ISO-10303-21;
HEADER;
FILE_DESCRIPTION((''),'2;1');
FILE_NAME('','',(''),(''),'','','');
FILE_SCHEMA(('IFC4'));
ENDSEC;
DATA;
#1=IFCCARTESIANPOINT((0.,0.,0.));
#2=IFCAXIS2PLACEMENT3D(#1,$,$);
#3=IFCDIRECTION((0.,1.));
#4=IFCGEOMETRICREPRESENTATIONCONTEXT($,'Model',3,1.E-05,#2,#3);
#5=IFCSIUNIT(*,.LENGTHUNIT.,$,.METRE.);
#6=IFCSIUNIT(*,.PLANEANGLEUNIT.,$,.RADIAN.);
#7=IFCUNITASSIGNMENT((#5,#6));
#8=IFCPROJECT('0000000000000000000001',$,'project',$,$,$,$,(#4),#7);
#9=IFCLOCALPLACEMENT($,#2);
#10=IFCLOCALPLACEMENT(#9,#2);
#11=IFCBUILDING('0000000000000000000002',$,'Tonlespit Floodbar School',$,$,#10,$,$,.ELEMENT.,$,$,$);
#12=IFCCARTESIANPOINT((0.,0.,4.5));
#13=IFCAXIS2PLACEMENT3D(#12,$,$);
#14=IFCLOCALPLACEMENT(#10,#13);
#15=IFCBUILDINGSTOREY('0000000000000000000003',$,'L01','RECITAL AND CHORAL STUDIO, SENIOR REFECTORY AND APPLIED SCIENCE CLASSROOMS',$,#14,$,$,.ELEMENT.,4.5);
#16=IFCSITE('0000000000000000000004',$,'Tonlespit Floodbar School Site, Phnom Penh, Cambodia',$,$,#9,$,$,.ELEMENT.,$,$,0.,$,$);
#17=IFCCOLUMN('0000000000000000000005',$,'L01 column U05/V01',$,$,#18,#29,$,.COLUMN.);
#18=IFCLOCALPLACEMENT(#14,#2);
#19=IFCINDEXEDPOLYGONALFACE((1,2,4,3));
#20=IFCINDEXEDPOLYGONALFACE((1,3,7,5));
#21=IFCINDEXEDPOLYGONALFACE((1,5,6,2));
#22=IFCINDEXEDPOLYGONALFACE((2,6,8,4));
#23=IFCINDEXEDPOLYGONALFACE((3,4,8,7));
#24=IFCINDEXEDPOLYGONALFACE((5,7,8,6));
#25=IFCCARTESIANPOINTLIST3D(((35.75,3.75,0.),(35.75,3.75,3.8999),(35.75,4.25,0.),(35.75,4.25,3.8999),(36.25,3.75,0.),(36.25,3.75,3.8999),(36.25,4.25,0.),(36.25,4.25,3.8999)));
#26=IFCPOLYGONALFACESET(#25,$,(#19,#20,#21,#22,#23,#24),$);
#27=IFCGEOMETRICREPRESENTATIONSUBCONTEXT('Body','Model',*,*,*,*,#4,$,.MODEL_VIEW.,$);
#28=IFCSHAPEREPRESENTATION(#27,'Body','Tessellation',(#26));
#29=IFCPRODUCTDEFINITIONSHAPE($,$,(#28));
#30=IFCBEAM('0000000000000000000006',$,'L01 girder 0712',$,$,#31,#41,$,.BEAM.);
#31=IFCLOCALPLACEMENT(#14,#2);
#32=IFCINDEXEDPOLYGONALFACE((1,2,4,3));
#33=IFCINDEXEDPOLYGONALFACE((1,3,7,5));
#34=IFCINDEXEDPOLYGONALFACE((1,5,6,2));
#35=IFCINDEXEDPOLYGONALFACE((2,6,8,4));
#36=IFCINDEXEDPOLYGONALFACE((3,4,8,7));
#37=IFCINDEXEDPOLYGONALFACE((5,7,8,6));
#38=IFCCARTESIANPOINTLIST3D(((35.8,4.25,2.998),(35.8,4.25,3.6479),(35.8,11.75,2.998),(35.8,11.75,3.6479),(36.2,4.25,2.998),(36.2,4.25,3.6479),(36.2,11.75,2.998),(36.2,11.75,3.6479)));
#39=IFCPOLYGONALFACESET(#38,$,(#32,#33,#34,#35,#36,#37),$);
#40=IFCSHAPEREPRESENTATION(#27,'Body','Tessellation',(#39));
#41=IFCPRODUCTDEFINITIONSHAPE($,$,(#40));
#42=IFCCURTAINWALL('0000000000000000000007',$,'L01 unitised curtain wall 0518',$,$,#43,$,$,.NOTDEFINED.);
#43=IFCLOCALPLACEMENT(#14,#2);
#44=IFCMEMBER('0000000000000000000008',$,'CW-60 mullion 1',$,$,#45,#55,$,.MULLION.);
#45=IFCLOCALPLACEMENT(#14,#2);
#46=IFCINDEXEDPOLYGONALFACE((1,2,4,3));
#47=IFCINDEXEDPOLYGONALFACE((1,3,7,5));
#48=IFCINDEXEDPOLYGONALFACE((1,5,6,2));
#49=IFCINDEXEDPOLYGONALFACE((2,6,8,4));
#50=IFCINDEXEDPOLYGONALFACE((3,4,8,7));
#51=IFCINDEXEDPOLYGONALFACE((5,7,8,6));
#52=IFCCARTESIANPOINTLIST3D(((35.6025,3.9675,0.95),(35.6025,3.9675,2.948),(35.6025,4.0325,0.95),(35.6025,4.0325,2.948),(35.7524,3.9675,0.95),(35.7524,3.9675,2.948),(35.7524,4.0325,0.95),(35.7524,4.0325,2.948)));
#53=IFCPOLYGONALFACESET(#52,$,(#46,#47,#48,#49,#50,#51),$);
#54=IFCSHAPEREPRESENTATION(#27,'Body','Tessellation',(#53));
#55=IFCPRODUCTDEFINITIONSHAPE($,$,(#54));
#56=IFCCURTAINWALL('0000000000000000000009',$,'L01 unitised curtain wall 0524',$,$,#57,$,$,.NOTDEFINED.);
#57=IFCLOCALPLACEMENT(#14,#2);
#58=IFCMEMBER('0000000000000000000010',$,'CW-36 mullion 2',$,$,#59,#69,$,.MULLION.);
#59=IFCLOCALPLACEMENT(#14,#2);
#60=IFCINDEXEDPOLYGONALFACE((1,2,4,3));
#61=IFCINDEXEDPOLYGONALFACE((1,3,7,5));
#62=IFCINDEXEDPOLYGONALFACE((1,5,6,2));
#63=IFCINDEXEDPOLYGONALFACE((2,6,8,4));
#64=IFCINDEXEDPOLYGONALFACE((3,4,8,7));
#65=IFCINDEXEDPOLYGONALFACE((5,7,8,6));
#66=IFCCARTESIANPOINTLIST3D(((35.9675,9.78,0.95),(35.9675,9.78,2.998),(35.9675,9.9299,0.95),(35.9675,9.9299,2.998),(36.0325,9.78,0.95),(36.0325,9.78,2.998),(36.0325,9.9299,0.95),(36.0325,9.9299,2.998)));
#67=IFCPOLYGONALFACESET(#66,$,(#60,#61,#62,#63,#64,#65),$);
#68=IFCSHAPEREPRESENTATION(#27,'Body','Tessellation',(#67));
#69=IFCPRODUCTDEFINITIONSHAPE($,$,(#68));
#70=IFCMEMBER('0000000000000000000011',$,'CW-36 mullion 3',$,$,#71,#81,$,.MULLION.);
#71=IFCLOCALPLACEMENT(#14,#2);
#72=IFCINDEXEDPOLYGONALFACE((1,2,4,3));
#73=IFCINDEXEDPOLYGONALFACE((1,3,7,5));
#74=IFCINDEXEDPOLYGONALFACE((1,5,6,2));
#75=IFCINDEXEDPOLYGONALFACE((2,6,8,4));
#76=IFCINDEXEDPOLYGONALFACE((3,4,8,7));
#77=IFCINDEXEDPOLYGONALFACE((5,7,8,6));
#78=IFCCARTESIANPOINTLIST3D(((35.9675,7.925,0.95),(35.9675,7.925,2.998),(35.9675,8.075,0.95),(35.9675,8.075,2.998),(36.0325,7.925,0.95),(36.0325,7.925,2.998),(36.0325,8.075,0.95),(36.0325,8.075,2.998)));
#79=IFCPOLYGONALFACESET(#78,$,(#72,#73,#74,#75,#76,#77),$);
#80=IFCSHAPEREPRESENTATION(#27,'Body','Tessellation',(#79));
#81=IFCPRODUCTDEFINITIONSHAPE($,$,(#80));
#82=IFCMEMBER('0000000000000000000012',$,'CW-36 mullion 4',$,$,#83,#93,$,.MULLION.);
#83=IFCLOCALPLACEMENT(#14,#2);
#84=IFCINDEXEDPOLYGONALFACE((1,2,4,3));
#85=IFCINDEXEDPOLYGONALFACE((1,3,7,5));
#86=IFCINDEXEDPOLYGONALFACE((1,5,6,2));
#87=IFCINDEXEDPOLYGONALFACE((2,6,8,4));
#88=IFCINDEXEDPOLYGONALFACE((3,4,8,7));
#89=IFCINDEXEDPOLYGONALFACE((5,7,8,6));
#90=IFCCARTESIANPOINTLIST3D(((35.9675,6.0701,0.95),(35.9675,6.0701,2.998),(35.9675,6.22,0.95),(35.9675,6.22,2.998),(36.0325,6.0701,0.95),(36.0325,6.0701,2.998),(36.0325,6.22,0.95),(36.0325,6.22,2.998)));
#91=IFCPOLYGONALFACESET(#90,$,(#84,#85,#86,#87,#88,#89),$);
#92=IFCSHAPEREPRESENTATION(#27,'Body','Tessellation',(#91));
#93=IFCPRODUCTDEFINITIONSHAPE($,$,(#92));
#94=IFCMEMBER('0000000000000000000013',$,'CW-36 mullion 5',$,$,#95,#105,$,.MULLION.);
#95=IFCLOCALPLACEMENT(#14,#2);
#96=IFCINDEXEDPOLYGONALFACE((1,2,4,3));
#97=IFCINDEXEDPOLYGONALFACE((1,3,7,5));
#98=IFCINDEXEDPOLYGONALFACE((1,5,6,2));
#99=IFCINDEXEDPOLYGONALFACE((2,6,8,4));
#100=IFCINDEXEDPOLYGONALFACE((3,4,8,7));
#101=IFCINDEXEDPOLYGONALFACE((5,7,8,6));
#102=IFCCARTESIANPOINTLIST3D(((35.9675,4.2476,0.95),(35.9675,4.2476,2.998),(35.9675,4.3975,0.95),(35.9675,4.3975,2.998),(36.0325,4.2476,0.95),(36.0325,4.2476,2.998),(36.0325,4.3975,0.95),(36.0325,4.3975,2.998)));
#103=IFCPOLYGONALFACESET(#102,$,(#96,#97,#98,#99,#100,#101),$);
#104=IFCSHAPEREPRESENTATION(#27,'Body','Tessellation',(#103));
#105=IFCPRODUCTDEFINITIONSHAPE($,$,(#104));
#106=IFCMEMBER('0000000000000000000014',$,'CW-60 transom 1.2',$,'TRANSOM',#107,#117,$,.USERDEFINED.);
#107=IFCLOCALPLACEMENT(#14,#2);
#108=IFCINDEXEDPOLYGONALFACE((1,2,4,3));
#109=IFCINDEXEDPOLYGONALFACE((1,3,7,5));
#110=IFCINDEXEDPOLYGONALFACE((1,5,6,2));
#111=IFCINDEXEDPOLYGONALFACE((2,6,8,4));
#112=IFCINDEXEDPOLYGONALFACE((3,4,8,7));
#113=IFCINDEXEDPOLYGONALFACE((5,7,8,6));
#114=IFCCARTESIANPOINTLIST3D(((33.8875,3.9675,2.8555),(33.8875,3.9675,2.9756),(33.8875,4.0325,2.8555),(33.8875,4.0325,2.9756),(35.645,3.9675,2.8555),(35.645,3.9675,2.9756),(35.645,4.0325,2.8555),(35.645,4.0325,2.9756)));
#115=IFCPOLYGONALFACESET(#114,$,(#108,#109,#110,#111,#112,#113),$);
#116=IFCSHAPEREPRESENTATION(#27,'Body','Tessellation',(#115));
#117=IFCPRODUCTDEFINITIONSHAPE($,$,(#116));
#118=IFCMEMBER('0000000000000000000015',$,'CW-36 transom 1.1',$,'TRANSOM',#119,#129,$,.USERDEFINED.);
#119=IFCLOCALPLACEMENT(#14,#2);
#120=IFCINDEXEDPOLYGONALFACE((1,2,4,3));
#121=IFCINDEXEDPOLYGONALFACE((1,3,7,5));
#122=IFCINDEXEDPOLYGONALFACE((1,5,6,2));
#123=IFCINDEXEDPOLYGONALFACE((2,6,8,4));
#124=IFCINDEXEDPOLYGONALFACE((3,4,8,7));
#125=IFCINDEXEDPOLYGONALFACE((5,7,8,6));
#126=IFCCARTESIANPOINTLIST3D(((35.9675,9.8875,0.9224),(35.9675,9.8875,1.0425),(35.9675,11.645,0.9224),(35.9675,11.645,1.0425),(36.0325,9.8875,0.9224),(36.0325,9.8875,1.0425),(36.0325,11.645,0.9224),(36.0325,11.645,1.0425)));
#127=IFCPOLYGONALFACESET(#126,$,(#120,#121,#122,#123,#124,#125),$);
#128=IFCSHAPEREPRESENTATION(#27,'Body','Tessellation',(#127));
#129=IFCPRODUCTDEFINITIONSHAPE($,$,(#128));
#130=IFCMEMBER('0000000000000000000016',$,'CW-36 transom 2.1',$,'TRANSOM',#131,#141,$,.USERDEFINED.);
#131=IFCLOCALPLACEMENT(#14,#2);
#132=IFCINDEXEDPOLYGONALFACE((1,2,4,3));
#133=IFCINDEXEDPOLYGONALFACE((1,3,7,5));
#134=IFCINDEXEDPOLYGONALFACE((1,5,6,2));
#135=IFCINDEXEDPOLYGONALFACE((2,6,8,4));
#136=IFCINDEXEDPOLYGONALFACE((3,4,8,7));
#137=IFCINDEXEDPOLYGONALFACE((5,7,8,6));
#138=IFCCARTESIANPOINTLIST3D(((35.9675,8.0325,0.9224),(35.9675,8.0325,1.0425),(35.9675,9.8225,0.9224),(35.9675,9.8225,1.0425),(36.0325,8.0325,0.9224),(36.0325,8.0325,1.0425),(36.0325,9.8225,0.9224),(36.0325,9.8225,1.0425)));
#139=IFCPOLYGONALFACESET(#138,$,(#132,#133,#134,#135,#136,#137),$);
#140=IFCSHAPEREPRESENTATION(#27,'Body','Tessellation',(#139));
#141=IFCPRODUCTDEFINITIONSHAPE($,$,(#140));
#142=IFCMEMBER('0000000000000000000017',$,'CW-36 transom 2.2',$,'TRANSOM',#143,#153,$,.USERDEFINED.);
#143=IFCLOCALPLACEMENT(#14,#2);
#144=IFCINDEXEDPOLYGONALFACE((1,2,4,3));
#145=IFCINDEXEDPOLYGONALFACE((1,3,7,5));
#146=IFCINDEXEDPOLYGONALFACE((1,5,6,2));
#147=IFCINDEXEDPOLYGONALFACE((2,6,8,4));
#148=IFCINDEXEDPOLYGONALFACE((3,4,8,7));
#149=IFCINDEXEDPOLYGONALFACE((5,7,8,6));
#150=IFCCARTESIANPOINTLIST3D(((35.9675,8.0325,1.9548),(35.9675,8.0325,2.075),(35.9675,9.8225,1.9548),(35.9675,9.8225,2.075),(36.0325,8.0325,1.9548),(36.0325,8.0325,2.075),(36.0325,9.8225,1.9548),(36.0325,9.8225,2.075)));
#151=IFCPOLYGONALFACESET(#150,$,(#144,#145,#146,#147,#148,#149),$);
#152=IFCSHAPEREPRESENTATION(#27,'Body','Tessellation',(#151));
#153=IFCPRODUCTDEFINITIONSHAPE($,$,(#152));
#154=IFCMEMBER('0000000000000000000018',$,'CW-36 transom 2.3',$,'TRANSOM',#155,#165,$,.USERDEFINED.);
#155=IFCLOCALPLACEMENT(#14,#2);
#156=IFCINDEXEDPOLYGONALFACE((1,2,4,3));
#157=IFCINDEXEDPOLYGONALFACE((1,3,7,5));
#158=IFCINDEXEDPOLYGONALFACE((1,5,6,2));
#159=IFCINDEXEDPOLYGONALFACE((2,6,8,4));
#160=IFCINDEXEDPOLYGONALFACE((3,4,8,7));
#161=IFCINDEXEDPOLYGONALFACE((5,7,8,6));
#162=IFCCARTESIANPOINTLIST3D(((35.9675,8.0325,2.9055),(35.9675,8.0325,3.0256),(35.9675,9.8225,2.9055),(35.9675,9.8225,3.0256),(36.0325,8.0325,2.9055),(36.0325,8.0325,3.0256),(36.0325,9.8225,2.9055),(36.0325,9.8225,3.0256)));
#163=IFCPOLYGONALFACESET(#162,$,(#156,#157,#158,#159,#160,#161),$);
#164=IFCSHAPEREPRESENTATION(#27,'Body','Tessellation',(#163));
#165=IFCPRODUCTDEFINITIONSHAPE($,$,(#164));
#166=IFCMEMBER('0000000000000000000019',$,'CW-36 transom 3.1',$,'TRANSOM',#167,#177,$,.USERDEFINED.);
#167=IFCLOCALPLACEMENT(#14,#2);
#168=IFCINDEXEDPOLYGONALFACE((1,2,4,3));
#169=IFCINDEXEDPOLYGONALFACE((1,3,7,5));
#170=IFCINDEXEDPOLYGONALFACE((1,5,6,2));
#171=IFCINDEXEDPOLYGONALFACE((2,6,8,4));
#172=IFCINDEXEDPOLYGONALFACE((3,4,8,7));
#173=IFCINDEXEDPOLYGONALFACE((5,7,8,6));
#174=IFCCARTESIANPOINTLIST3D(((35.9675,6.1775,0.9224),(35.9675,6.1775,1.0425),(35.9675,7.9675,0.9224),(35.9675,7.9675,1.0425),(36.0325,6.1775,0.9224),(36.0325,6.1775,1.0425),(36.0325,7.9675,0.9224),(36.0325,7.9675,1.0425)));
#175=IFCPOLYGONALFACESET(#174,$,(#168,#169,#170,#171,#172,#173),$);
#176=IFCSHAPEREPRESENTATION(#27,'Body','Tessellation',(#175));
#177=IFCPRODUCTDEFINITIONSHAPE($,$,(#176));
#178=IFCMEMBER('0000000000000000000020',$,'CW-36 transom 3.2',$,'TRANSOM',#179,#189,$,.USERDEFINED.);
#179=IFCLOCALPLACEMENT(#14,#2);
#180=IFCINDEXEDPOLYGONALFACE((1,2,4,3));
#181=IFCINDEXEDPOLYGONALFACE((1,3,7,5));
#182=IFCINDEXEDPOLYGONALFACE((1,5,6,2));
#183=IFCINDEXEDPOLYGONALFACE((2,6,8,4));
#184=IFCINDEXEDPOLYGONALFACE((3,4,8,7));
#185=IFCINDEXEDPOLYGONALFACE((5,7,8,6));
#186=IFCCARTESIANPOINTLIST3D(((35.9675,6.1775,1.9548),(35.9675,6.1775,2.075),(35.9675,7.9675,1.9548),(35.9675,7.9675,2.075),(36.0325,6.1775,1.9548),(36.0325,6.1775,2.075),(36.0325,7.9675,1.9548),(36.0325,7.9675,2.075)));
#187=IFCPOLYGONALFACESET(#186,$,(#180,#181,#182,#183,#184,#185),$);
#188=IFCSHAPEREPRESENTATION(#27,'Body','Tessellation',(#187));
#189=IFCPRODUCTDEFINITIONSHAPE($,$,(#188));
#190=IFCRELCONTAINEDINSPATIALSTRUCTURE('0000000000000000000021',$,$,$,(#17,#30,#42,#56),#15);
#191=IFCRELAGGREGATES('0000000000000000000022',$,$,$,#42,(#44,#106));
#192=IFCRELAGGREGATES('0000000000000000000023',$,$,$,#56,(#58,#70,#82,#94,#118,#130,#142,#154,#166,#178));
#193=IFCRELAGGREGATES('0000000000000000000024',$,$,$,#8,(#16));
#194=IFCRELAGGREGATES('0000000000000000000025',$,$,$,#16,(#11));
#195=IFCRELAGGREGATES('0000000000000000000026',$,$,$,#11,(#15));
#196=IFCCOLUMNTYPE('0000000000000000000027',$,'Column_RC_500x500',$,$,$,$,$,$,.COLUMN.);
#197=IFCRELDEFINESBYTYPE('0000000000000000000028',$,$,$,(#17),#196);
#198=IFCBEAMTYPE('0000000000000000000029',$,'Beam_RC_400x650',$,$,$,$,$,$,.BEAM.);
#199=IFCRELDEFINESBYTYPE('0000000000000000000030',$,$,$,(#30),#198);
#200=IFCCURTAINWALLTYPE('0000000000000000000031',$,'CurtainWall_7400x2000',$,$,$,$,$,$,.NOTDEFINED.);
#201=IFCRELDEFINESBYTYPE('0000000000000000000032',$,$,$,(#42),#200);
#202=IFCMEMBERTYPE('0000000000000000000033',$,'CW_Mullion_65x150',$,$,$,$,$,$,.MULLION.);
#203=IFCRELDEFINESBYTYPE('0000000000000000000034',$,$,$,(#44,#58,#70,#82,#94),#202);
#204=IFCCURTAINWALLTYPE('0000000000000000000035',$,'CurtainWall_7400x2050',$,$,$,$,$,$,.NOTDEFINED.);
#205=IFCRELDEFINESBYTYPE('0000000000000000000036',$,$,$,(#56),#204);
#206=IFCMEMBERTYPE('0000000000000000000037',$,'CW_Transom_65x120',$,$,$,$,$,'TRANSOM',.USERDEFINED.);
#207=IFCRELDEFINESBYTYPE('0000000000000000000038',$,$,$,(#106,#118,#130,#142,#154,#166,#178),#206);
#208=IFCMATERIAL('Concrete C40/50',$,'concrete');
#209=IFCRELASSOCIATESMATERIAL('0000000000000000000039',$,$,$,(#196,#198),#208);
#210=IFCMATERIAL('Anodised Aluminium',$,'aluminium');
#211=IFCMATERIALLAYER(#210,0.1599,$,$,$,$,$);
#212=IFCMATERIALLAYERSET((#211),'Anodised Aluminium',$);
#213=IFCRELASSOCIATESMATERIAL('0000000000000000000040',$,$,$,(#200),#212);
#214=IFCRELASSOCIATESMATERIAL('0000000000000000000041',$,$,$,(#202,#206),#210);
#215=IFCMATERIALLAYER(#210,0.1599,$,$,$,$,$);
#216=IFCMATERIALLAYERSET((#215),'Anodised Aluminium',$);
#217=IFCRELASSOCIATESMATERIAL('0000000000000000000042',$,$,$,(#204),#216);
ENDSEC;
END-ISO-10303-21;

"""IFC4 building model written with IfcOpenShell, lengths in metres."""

from ifc_helpers import new_model, si_unit, direction, frame, origin, origin_2d, place, context, subcontext, project, spatial, rectangle, extrude, material, layer, layer_set, material_profile, profile_set, type_object, element, aggregate, save


model = new_model("IFC4")

# Units and contexts
model_context = context("Model", 3, precision=1e-05, world=origin(), true_north=direction((0.0, 1.0)))
body_context = subcontext(model_context, "Body", "Model", "MODEL_VIEW")
ifc_project = project(units=[si_unit("LENGTHUNIT", "METRE"), si_unit("PLANEANGLEUNIT", "RADIAN")], contexts=[model_context])

# Site, building, storey
site_placement = place(None, origin())
site = spatial("IfcSite", under=ifc_project, at=site_placement, Name="Tonlespit Floodbar School Site, Phnom Penh, Cambodia", CompositionType="ELEMENT", RefElevation=0.0)
building_placement = place(site_placement, origin())
building = spatial("IfcBuilding", under=site, at=building_placement, Name="Tonlespit Floodbar School", CompositionType="ELEMENT")
storey_placement = place(building_placement, frame((0.0, 0.0, 4.5)))
storey = spatial("IfcBuildingStorey", under=building, at=storey_placement, Name="L01", Description="RECITAL AND CHORAL STUDIO, SENIOR REFECTORY AND APPLIED SCIENCE CLASSROOMS", CompositionType="ELEMENT", Elevation=4.5)

# Column
ifc_material_1 = material(Name="Concrete C40/50", Category="concrete")
ifc_material_profile_1 = material_profile(ifc_material_1, rectangle(XDim=0.5, YDim=0.5, at=origin_2d()), Name="RC 500x500")
ifc_profile_set_1 = profile_set([ifc_material_profile_1], Name="Concrete C40/50")
column_type = type_object("IfcColumnType", Name="Column_RC_500x500", PredefinedType="COLUMN", material=ifc_profile_set_1)
column_placement = place(storey_placement, frame((36.0, 4.0, 0.0), z_axis=(0.0, 0.0, 1.0), x_axis=(1.0, 0.0, 0.0)))
element("IfcColumn", 1, at=column_placement, inside=storey, type_object=column_type, Name="L01 column U05/V01", PredefinedType="COLUMN", context=body_context, shape_type="SweptSolid", body=[
    extrude(rectangle(XDim=0.5, YDim=0.5, at=origin_2d()), origin(), (0.0, 0.0, 1.0), 3.8999),
])

# Beam
ifc_material_profile_2 = material_profile(ifc_material_1, rectangle(XDim=0.3999, YDim=0.6499, at=origin_2d()), Name="RC 400x650")
ifc_profile_set_2 = profile_set([ifc_material_profile_2], Name="Concrete C40/50")
beam_type = type_object("IfcBeamType", Name="Beam_RC_400x650", PredefinedType="BEAM", material=ifc_profile_set_2)
beam_placement = place(storey_placement, frame((36.0, 4.25, 3.323), z_axis=(0.0, 1.0, 0.0), x_axis=(-1.0, 0.0, 0.0)))
element("IfcBeam", 2, at=beam_placement, inside=storey, type_object=beam_type, Name="L01 girder 0712", PredefinedType="BEAM", context=body_context, shape_type="SweptSolid", body=[
    extrude(rectangle(XDim=0.3999, YDim=0.6499, at=origin_2d()), origin(), (0.0, 0.0, 1.0), 7.5),
])

# Curtain wall, member
ifc_material_2 = material(Name="Anodised Aluminium", Category="aluminium")
ifc_layer_1 = layer(ifc_material_2, 0.1599)
ifc_layer_set_1 = layer_set([ifc_layer_1], Name="Anodised Aluminium")
curtain_wall_type_1 = type_object("IfcCurtainWallType", Name="CurtainWall_7400x2000", PredefinedType="NOTDEFINED", material=ifc_layer_set_1)
curtain_wall_1_placement = place(storey_placement, origin())
curtain_wall_1 = element("IfcCurtainWall", 3, at=curtain_wall_1_placement, inside=storey, type_object=curtain_wall_type_1, Name="L01 unitised curtain wall 0518", PredefinedType="NOTDEFINED")
ifc_material_profile_3 = material_profile(ifc_material_2, rectangle(XDim=0.0649, YDim=0.1499, at=origin_2d()), Name="ALU M65x150")
ifc_profile_set_3 = profile_set([ifc_material_profile_3], Name="Anodised Aluminium")
member_type_1 = type_object("IfcMemberType", Name="CW_Mullion_65x150", PredefinedType="MULLION", material=ifc_profile_set_3)
member_1_placement = place(storey_placement, frame((35.6775, 4.0, 0.95), z_axis=(0.0, 0.0, 1.0), x_axis=(0.0, -1.0, 0.0)))
member_1 = element("IfcMember", 4, at=member_1_placement, type_object=member_type_1, Name="CW-60 mullion 1", PredefinedType="MULLION", context=body_context, shape_type="SweptSolid", body=[
    extrude(rectangle(XDim=0.0649, YDim=0.1499, at=origin_2d()), origin(), (0.0, 0.0, 1.0), 1.998),
])

# Curtain wall, members
ifc_layer_2 = layer(ifc_material_2, 0.1599)
ifc_layer_set_2 = layer_set([ifc_layer_2], Name="Anodised Aluminium")
curtain_wall_type_2 = type_object("IfcCurtainWallType", Name="CurtainWall_7400x2050", PredefinedType="NOTDEFINED", material=ifc_layer_set_2)
curtain_wall_2_placement = place(storey_placement, origin())
curtain_wall_2 = element("IfcCurtainWall", 5, at=curtain_wall_2_placement, inside=storey, type_object=curtain_wall_type_2, Name="L01 unitised curtain wall 0524", PredefinedType="NOTDEFINED")
member_2_placement = place(storey_placement, frame((36.0, 9.855, 0.95), z_axis=(0.0, 0.0, 1.0), x_axis=(1.0, 0.0, 0.0)))
member_2 = element("IfcMember", 6, at=member_2_placement, type_object=member_type_1, Name="CW-36 mullion 2", PredefinedType="MULLION", context=body_context, shape_type="SweptSolid", body=[
    extrude(rectangle(XDim=0.0649, YDim=0.1499, at=origin_2d()), origin(), (0.0, 0.0, 1.0), 2.0481),
])
member_3_placement = place(storey_placement, frame((36.0, 8.0, 0.95), z_axis=(0.0, 0.0, 1.0), x_axis=(1.0, 0.0, 0.0)))
member_3 = element("IfcMember", 7, at=member_3_placement, type_object=member_type_1, Name="CW-36 mullion 3", PredefinedType="MULLION", context=body_context, shape_type="SweptSolid", body=[
    extrude(rectangle(XDim=0.0649, YDim=0.1499, at=origin_2d()), origin(), (0.0, 0.0, 1.0), 2.0481),
])
member_4_placement = place(storey_placement, frame((36.0, 6.145, 0.95), z_axis=(0.0, 0.0, 1.0), x_axis=(1.0, 0.0, 0.0)))
member_4 = element("IfcMember", 8, at=member_4_placement, type_object=member_type_1, Name="CW-36 mullion 4", PredefinedType="MULLION", context=body_context, shape_type="SweptSolid", body=[
    extrude(rectangle(XDim=0.0649, YDim=0.1499, at=origin_2d()), origin(), (0.0, 0.0, 1.0), 2.0481),
])
member_5_placement = place(storey_placement, frame((36.0, 4.3225, 0.95), z_axis=(0.0, 0.0, 1.0), x_axis=(1.0, 0.0, 0.0)))
member_5 = element("IfcMember", 9, at=member_5_placement, type_object=member_type_1, Name="CW-36 mullion 5", PredefinedType="MULLION", context=body_context, shape_type="SweptSolid", body=[
    extrude(rectangle(XDim=0.0649, YDim=0.1499, at=origin_2d()), origin(), (0.0, 0.0, 1.0), 2.0481),
])

# Members
ifc_material_profile_4 = material_profile(ifc_material_2, rectangle(XDim=0.0649, YDim=0.1201, at=origin_2d()), Name="ALU T65x120")
ifc_profile_set_4 = profile_set([ifc_material_profile_4], Name="Anodised Aluminium")
member_type_2 = type_object("IfcMemberType", Name="CW_Transom_65x120", ElementType="TRANSOM", PredefinedType="USERDEFINED", material=ifc_profile_set_4)
member_6_placement = place(storey_placement, frame((35.645, 4.0, 2.9155), z_axis=(-1.0, 0.0, 0.0), x_axis=(0.0, -1.0, 0.0)))
member_6 = element("IfcMember", 10, at=member_6_placement, type_object=member_type_2, Name="CW-60 transom 1.2", ObjectType="TRANSOM", PredefinedType="USERDEFINED", context=body_context, shape_type="SweptSolid", body=[
    extrude(rectangle(XDim=0.0649, YDim=0.1201, at=origin_2d()), origin(), (0.0, 0.0, 1.0), 1.7576),
])
aggregate(curtain_wall_1, [member_1, member_6])
member_7_placement = place(storey_placement, frame((36.0, 11.645, 0.9824), z_axis=(0.0, -1.0, 0.0), x_axis=(1.0, 0.0, 0.0)))
member_7 = element("IfcMember", 11, at=member_7_placement, type_object=member_type_2, Name="CW-36 transom 1.1", ObjectType="TRANSOM", PredefinedType="USERDEFINED", context=body_context, shape_type="SweptSolid", body=[
    extrude(rectangle(XDim=0.0649, YDim=0.1201, at=origin_2d()), origin(), (0.0, 0.0, 1.0), 1.7576),
])
member_8_placement = place(storey_placement, frame((36.0, 9.8225, 0.9824), z_axis=(0.0, -1.0, 0.0), x_axis=(1.0, 0.0, 0.0)))
member_8 = element("IfcMember", 12, at=member_8_placement, type_object=member_type_2, Name="CW-36 transom 2.1", ObjectType="TRANSOM", PredefinedType="USERDEFINED", context=body_context, shape_type="SweptSolid", body=[
    extrude(rectangle(XDim=0.0649, YDim=0.1201, at=origin_2d()), origin(), (0.0, 0.0, 1.0), 1.79),
])
member_9_placement = place(storey_placement, frame((36.0, 9.8225, 2.0149), z_axis=(0.0, -1.0, 0.0), x_axis=(1.0, 0.0, 0.0)))
member_9 = element("IfcMember", 13, at=member_9_placement, type_object=member_type_2, Name="CW-36 transom 2.2", ObjectType="TRANSOM", PredefinedType="USERDEFINED", context=body_context, shape_type="SweptSolid", body=[
    extrude(rectangle(XDim=0.0649, YDim=0.1201, at=origin_2d()), origin(), (0.0, 0.0, 1.0), 1.79),
])
member_10_placement = place(storey_placement, frame((36.0, 9.8225, 2.9656), z_axis=(0.0, -1.0, 0.0), x_axis=(1.0, 0.0, 0.0)))
member_10 = element("IfcMember", 14, at=member_10_placement, type_object=member_type_2, Name="CW-36 transom 2.3", ObjectType="TRANSOM", PredefinedType="USERDEFINED", context=body_context, shape_type="SweptSolid", body=[
    extrude(rectangle(XDim=0.0649, YDim=0.1201, at=origin_2d()), origin(), (0.0, 0.0, 1.0), 1.79),
])
member_11_placement = place(storey_placement, frame((36.0, 7.9675, 0.9824), z_axis=(0.0, -1.0, 0.0), x_axis=(1.0, 0.0, 0.0)))
member_11 = element("IfcMember", 15, at=member_11_placement, type_object=member_type_2, Name="CW-36 transom 3.1", ObjectType="TRANSOM", PredefinedType="USERDEFINED", context=body_context, shape_type="SweptSolid", body=[
    extrude(rectangle(XDim=0.0649, YDim=0.1201, at=origin_2d()), origin(), (0.0, 0.0, 1.0), 1.79),
])
member_12_placement = place(storey_placement, frame((36.0, 7.9675, 2.0149), z_axis=(0.0, -1.0, 0.0), x_axis=(1.0, 0.0, 0.0)))
member_12 = element("IfcMember", 16, at=member_12_placement, type_object=member_type_2, Name="CW-36 transom 3.2", ObjectType="TRANSOM", PredefinedType="USERDEFINED", context=body_context, shape_type="SweptSolid", body=[
    extrude(rectangle(XDim=0.0649, YDim=0.1201, at=origin_2d()), origin(), (0.0, 0.0, 1.0), 1.79),
])

aggregate(curtain_wall_2, [member_2, member_3, member_4, member_5, member_7, member_8, member_9, member_10, member_11, member_12])

save(model, "model.ifc")
